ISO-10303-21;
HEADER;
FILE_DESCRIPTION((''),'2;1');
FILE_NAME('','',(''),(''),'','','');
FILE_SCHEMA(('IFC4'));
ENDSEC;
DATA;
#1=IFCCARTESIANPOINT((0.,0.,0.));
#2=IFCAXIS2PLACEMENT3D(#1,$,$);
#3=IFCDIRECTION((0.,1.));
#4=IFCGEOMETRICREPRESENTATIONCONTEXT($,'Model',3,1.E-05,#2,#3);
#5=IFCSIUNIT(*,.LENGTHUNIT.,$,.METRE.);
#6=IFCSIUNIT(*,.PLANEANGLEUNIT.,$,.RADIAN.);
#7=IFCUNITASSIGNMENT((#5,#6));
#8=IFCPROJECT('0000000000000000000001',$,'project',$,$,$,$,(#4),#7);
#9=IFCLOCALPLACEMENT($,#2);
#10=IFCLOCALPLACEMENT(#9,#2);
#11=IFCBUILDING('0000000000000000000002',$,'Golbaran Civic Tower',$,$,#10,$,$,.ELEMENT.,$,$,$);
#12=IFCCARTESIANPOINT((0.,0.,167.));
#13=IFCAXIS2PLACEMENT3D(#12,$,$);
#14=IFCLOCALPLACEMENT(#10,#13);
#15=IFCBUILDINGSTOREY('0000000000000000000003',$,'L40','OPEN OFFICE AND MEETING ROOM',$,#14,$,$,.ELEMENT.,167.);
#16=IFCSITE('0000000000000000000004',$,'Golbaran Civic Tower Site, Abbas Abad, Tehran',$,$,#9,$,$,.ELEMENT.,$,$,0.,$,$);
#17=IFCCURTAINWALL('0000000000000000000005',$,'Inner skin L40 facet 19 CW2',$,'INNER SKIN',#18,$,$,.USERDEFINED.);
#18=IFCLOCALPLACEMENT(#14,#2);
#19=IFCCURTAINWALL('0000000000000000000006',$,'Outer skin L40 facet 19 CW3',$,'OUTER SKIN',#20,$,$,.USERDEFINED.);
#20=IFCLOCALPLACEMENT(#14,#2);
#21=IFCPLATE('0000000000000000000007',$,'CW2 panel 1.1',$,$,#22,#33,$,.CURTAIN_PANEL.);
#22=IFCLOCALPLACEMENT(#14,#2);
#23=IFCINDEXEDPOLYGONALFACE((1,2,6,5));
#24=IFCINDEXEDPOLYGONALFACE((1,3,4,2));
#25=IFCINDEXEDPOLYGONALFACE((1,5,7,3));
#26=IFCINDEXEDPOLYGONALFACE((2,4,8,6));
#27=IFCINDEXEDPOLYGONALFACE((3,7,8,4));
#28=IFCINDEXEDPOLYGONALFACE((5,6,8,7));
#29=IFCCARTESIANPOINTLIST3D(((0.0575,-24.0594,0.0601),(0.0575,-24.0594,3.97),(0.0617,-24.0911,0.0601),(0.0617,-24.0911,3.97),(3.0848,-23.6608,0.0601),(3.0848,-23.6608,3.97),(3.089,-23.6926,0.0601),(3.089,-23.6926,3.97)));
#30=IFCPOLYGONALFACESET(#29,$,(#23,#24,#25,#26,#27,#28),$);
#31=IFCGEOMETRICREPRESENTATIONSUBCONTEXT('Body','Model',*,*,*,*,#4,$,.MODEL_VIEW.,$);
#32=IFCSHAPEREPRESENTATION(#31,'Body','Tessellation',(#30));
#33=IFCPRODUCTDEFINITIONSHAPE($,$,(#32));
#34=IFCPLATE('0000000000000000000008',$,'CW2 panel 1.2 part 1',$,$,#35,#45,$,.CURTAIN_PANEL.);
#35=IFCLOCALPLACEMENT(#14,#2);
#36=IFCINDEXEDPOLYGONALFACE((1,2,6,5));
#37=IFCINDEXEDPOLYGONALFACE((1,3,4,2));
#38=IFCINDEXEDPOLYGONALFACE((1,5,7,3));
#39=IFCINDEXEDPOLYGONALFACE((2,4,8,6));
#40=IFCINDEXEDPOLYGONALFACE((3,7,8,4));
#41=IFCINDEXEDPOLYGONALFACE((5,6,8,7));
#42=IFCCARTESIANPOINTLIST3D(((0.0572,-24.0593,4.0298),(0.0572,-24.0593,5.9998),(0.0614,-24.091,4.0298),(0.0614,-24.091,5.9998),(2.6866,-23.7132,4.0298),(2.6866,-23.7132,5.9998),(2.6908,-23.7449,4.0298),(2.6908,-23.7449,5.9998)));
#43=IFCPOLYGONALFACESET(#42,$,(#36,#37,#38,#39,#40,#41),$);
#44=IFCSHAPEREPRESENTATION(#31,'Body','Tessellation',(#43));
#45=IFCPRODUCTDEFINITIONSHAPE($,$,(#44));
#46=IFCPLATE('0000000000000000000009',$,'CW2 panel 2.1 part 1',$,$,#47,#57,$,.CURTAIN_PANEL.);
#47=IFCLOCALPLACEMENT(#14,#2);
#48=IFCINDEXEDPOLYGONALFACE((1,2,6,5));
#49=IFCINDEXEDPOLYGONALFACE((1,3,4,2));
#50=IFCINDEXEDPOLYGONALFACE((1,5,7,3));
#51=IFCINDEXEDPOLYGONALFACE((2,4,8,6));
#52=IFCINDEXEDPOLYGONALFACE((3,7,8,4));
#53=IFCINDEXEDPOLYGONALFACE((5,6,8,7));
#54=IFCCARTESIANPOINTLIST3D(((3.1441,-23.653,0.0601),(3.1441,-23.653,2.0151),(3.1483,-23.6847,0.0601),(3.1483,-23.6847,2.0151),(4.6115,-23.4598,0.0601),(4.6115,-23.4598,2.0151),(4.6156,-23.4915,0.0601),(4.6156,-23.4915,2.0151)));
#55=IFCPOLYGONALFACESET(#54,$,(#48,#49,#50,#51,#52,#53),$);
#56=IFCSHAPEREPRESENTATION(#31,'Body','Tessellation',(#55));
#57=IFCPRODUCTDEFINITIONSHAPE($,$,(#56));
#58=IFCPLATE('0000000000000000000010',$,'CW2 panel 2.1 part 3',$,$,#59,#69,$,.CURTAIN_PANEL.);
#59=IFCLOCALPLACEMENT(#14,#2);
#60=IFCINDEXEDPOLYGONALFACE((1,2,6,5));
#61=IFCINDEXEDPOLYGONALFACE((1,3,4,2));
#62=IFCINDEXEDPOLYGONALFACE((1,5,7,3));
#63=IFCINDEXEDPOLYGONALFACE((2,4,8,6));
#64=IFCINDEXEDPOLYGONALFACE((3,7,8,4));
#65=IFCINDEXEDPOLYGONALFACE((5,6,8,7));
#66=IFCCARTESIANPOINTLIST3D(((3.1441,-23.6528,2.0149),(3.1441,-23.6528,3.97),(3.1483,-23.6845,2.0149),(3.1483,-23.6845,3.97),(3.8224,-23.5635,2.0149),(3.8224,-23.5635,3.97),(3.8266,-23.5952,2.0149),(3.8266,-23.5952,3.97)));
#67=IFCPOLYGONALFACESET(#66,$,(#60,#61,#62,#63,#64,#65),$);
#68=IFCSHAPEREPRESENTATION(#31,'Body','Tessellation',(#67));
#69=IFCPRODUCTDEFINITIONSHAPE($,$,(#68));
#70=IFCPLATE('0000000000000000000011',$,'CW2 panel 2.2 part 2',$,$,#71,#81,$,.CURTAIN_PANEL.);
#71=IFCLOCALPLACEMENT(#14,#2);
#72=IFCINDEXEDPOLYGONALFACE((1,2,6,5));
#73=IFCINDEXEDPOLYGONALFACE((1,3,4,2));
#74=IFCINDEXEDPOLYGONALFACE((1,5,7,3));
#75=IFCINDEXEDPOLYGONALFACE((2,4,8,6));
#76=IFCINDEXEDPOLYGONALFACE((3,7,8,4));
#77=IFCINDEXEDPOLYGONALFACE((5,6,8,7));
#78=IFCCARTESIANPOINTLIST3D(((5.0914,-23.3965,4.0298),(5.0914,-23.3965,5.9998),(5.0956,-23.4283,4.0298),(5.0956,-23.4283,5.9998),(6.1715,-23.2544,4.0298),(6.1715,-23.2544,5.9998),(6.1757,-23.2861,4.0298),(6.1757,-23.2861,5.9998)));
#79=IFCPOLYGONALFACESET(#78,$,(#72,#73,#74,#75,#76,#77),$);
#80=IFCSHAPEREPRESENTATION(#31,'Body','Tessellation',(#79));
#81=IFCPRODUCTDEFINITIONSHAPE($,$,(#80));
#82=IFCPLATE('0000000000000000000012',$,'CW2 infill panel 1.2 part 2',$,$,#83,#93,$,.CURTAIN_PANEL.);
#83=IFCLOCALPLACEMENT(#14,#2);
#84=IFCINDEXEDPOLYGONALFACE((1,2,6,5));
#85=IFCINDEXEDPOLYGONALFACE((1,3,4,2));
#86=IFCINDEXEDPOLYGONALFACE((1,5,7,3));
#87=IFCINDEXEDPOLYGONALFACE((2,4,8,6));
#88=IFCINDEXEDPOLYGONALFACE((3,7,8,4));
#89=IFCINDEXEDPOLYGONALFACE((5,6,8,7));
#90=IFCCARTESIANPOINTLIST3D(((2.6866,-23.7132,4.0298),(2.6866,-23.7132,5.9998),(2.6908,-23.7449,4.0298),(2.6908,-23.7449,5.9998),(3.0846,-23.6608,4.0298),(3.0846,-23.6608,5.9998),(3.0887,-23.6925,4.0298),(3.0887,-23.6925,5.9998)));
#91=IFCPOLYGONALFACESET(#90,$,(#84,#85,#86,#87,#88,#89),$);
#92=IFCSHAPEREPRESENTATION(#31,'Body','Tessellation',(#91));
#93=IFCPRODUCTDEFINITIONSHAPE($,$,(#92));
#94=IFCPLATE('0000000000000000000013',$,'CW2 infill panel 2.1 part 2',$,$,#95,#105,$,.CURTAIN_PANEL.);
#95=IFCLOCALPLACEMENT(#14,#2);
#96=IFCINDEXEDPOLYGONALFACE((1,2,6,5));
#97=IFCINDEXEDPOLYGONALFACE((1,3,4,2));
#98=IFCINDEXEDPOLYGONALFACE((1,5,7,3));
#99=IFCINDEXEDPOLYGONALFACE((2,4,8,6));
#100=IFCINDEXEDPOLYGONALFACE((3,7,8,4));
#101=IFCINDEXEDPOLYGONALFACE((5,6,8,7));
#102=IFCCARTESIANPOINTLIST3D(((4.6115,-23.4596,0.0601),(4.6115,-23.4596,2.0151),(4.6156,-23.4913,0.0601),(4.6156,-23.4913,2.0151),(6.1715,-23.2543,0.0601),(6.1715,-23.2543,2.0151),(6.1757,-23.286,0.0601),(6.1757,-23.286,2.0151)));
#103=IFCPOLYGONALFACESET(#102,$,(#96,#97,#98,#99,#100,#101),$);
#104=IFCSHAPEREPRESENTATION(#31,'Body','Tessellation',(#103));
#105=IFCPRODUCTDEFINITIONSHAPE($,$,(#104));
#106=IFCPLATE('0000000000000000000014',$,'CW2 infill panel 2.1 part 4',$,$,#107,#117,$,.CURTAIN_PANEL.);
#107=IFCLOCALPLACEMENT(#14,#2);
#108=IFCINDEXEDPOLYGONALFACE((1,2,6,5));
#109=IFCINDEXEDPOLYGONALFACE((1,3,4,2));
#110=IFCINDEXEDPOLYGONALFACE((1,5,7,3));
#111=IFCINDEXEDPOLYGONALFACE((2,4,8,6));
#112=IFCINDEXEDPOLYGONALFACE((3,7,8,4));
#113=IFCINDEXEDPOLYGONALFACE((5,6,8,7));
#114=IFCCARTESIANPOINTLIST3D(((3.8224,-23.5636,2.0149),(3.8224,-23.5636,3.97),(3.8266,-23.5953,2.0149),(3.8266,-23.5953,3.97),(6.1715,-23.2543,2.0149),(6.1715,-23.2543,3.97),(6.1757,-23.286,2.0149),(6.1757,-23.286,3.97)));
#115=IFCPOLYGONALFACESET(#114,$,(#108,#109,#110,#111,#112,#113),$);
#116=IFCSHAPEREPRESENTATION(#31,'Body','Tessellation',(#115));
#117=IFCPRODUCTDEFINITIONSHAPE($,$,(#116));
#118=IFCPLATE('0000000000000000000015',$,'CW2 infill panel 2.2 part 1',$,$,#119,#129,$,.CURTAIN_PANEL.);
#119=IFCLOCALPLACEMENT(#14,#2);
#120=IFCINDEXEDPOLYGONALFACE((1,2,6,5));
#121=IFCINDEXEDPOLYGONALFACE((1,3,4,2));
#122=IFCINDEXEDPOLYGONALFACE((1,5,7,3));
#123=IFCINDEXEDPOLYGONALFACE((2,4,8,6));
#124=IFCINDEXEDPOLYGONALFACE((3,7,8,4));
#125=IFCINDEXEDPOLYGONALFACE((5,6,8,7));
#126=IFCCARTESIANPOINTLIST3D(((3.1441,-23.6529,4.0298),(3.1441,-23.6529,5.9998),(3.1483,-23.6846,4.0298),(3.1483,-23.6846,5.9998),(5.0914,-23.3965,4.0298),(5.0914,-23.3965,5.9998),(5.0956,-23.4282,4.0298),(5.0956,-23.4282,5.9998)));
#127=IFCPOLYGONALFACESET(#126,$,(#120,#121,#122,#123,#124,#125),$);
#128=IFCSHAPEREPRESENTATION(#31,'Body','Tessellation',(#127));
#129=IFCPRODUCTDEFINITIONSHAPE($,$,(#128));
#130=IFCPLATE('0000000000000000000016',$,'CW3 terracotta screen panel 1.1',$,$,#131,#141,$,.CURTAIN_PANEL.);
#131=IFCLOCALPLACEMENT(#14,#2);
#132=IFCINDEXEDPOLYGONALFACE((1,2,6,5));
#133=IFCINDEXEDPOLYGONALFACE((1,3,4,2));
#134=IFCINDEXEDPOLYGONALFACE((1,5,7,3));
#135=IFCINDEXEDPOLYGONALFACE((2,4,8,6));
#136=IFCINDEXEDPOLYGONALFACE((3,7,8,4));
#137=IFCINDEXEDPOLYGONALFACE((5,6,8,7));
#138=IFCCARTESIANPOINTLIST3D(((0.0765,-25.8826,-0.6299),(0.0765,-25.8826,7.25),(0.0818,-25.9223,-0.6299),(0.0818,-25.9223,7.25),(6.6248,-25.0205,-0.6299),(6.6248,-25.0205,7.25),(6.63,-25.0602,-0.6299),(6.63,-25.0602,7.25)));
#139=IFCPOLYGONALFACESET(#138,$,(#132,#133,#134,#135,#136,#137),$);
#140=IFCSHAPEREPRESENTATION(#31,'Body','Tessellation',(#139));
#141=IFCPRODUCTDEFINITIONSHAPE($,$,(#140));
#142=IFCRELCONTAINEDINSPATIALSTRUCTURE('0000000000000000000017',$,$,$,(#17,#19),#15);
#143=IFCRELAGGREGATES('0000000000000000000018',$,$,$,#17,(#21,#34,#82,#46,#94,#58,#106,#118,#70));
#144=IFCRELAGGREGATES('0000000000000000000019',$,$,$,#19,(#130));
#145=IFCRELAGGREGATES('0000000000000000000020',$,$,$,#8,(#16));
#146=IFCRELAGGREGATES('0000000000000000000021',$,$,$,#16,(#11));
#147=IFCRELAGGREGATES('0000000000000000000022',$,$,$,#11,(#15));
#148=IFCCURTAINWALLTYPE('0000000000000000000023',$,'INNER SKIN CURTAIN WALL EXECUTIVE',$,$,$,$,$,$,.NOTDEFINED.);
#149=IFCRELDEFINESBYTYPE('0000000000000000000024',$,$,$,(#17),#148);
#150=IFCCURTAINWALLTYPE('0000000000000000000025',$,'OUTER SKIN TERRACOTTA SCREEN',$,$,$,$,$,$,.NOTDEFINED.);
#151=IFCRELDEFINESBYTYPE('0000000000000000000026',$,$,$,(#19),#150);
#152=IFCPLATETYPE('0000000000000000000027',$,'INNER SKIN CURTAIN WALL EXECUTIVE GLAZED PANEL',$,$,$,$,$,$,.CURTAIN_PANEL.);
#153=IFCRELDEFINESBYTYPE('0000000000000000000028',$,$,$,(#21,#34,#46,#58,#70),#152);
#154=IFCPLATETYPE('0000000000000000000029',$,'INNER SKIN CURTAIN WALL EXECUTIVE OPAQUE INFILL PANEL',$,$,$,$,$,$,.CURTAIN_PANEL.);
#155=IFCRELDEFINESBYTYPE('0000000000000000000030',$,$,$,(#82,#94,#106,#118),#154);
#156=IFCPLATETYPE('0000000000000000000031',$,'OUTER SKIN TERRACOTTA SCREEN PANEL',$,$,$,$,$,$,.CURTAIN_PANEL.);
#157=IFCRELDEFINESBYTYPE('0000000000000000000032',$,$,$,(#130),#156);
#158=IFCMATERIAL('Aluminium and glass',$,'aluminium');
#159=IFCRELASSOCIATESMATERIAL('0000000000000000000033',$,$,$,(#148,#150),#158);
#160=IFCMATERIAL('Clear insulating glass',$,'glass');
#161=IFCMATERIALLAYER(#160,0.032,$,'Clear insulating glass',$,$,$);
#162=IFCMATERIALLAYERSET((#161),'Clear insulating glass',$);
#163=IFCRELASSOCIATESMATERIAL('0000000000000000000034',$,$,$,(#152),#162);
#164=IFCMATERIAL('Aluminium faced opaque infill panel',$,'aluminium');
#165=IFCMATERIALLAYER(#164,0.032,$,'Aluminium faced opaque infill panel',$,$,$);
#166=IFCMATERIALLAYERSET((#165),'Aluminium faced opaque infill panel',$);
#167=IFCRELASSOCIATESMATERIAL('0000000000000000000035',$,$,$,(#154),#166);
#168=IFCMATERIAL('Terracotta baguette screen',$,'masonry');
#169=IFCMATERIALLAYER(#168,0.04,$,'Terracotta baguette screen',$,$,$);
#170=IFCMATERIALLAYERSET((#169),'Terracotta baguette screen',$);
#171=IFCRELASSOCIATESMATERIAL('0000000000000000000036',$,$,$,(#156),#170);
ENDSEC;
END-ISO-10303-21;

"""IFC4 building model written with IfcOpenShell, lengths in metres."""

from ifc_helpers import new_model, si_unit, direction, frame, origin, origin_2d, place, context, subcontext, project, spatial, rectangle, extrude, material, layer, layer_set, type_object, element, aggregate, save


model = new_model("IFC4")

# Units and contexts
model_context = context("Model", 3, precision=1e-05, world=origin(), true_north=direction((0.0, 1.0)))
body_context = subcontext(model_context, "Body", "Model", "MODEL_VIEW")
ifc_project = project(units=[si_unit("LENGTHUNIT", "METRE"), si_unit("PLANEANGLEUNIT", "RADIAN")], contexts=[model_context])

# Site, building, storey
site_placement = place(None, origin())
site = spatial("IfcSite", under=ifc_project, at=site_placement, Name="Golbaran Civic Tower Site, Abbas Abad, Tehran", CompositionType="ELEMENT", RefElevation=0.0)
building_placement = place(site_placement, origin())
building = spatial("IfcBuilding", under=site, at=building_placement, Name="Golbaran Civic Tower", CompositionType="ELEMENT")
storey_placement = place(building_placement, frame((0.0, 0.0, 167.0)))
storey = spatial("IfcBuildingStorey", under=building, at=storey_placement, Name="L40", Description="OPEN OFFICE AND MEETING ROOM", CompositionType="ELEMENT", Elevation=167.0)

# Curtain wall
ifc_material_1 = material(Name="Aluminium and glass", Category="aluminium")
curtain_wall_type_1 = type_object("IfcCurtainWallType", Name="INNER SKIN CURTAIN WALL EXECUTIVE", PredefinedType="NOTDEFINED", material=ifc_material_1)
curtain_wall_1_placement = place(storey_placement, origin())
curtain_wall_1 = element("IfcCurtainWall", 1, at=curtain_wall_1_placement, inside=storey, type_object=curtain_wall_type_1, Name="Inner skin L40 facet 19 CW2", ObjectType="INNER SKIN", PredefinedType="USERDEFINED")

# Curtain wall
curtain_wall_type_2 = type_object("IfcCurtainWallType", Name="OUTER SKIN TERRACOTTA SCREEN", PredefinedType="NOTDEFINED", material=ifc_material_1)
curtain_wall_2_placement = place(storey_placement, origin())
curtain_wall_2 = element("IfcCurtainWall", 2, at=curtain_wall_2_placement, inside=storey, type_object=curtain_wall_type_2, Name="Outer skin L40 facet 19 CW3", ObjectType="OUTER SKIN", PredefinedType="USERDEFINED")

# Plates
ifc_material_2 = material(Name="Clear insulating glass", Category="glass")
ifc_layer_1 = layer(ifc_material_2, 0.032, Name="Clear insulating glass")
ifc_layer_set_1 = layer_set([ifc_layer_1], Name="Clear insulating glass")
plate_type_1 = type_object("IfcPlateType", Name="INNER SKIN CURTAIN WALL EXECUTIVE GLAZED PANEL", PredefinedType="CURTAIN_PANEL", material=ifc_layer_set_1)
plate_1_placement = place(storey_placement, frame((1.5732, -23.876, 0.0601), z_axis=(0.0, 0.0, 1.0), x_axis=(0.991445, 0.130526, 0.0)))
plate_1 = element("IfcPlate", 3, at=plate_1_placement, type_object=plate_type_1, Name="CW2 panel 1.1", PredefinedType="CURTAIN_PANEL", context=body_context, shape_type="SweptSolid", body=[
    extrude(rectangle(XDim=3.0535, YDim=0.032, at=origin_2d()), origin(), (0.0, 0.0, 1.0), 3.9099),
])
plate_2_placement = place(storey_placement, frame((1.374, -23.9021, 4.0298), z_axis=(0.0, 0.0, 1.0), x_axis=(0.991445, 0.130526, 0.0)))
plate_2 = element("IfcPlate", 4, at=plate_2_placement, type_object=plate_type_1, Name="CW2 panel 1.2 part 1", PredefinedType="CURTAIN_PANEL", context=body_context, shape_type="SweptSolid", body=[
    extrude(rectangle(XDim=2.6521, YDim=0.032, at=origin_2d()), origin(), (0.0, 0.0, 1.0), 1.97),
])
plate_3_placement = place(storey_placement, frame((3.8799, -23.5723, 0.0601), z_axis=(0.0, 0.0, 1.0), x_axis=(0.991445, 0.130526, 0.0)))
plate_3 = element("IfcPlate", 5, at=plate_3_placement, type_object=plate_type_1, Name="CW2 panel 2.1 part 1", PredefinedType="CURTAIN_PANEL", context=body_context, shape_type="SweptSolid", body=[
    extrude(rectangle(XDim=1.48, YDim=0.032, at=origin_2d()), origin(), (0.0, 0.0, 1.0), 1.9551),
])
plate_4_placement = place(storey_placement, frame((3.4854, -23.624, 2.0149), z_axis=(0.0, 0.0, 1.0), x_axis=(0.991445, 0.130526, 0.0)))
plate_4 = element("IfcPlate", 6, at=plate_4_placement, type_object=plate_type_1, Name="CW2 panel 2.1 part 3", PredefinedType="CURTAIN_PANEL", context=body_context, shape_type="SweptSolid", body=[
    extrude(rectangle(XDim=0.6841, YDim=0.032, at=origin_2d()), origin(), (0.0, 0.0, 1.0), 1.9551),
])
plate_5_placement = place(storey_placement, frame((5.6335, -23.3413, 4.0298), z_axis=(0.0, 0.0, 1.0), x_axis=(0.991445, 0.130526, 0.0)))
plate_5 = element("IfcPlate", 7, at=plate_5_placement, type_object=plate_type_1, Name="CW2 panel 2.2 part 2", PredefinedType="CURTAIN_PANEL", context=body_context, shape_type="SweptSolid", body=[
    extrude(rectangle(XDim=1.0894, YDim=0.032, at=origin_2d()), origin(), (0.0, 0.0, 1.0), 1.97),
])
ifc_material_3 = material(Name="Aluminium faced opaque infill panel", Category="aluminium")
ifc_layer_2 = layer(ifc_material_3, 0.032, Name="Aluminium faced opaque infill panel")
ifc_layer_set_2 = layer_set([ifc_layer_2], Name="Aluminium faced opaque infill panel")
plate_type_2 = type_object("IfcPlateType", Name="INNER SKIN CURTAIN WALL EXECUTIVE OPAQUE INFILL PANEL", PredefinedType="CURTAIN_PANEL", material=ifc_layer_set_2)
plate_6_placement = place(storey_placement, frame((2.8877, -23.7029, 4.0298), z_axis=(0.0, 0.0, 1.0), x_axis=(0.991445, 0.130526, 0.0)))
plate_6 = element("IfcPlate", 8, at=plate_6_placement, type_object=plate_type_2, Name="CW2 infill panel 1.2 part 2", PredefinedType="CURTAIN_PANEL", context=body_context, shape_type="SweptSolid", body=[
    extrude(rectangle(XDim=0.4014, YDim=0.032, at=origin_2d()), origin(), (0.0, 0.0, 1.0), 1.97),
])
plate_7_placement = place(storey_placement, frame((5.3936, -23.3728, 0.0601), z_axis=(0.0, 0.0, 1.0), x_axis=(0.991445, 0.130526, 0.0)))
plate_7 = element("IfcPlate", 9, at=plate_7_placement, type_object=plate_type_2, Name="CW2 infill panel 2.1 part 2", PredefinedType="CURTAIN_PANEL", context=body_context, shape_type="SweptSolid", body=[
    extrude(rectangle(XDim=1.5735, YDim=0.032, at=origin_2d()), origin(), (0.0, 0.0, 1.0), 1.9551),
])
plate_8_placement = place(storey_placement, frame((4.999, -23.4248, 2.0149), z_axis=(0.0, 0.0, 1.0), x_axis=(0.991445, 0.130526, 0.0)))
plate_8 = element("IfcPlate", 10, at=plate_8_placement, type_object=plate_type_2, Name="CW2 infill panel 2.1 part 4", PredefinedType="CURTAIN_PANEL", context=body_context, shape_type="SweptSolid", body=[
    extrude(rectangle(XDim=2.3694, YDim=0.032, at=origin_2d()), origin(), (0.0, 0.0, 1.0), 1.9551),
])
plate_9_placement = place(storey_placement, frame((4.1199, -23.5405, 4.0298), z_axis=(0.0, 0.0, 1.0), x_axis=(0.991445, 0.130526, 0.0)))
plate_9 = element("IfcPlate", 11, at=plate_9_placement, type_object=plate_type_2, Name="CW2 infill panel 2.2 part 1", PredefinedType="CURTAIN_PANEL", context=body_context, shape_type="SweptSolid", body=[
    extrude(rectangle(XDim=1.9641, YDim=0.032, at=origin_2d()), origin(), (0.0, 0.0, 1.0), 1.97),
])
aggregate(curtain_wall_1, [plate_1, plate_2, plate_6, plate_3, plate_7, plate_4, plate_8, plate_9, plate_5])
ifc_material_4 = material(Name="Terracotta baguette screen", Category="masonry")
ifc_layer_3 = layer(ifc_material_4, 0.04, Name="Terracotta baguette screen")
ifc_layer_set_3 = layer_set([ifc_layer_3], Name="Terracotta baguette screen")
plate_type_3 = type_object("IfcPlateType", Name="OUTER SKIN TERRACOTTA SCREEN PANEL", PredefinedType="CURTAIN_PANEL", material=ifc_layer_set_3)
plate_10_placement = place(storey_placement, frame((3.3533, -25.4714, -0.6299), z_axis=(0.0, 0.0, 1.0), x_axis=(0.991445, 0.130526, 0.0)))
plate_10 = element("IfcPlate", 12, at=plate_10_placement, type_object=plate_type_3, Name="CW3 terracotta screen panel 1.1", PredefinedType="CURTAIN_PANEL", context=body_context, shape_type="SweptSolid", body=[
    extrude(rectangle(XDim=6.6047, YDim=0.04, at=origin_2d()), origin(), (0.0, 0.0, 1.0), 7.8799),
])
aggregate(curtain_wall_2, [plate_10])

save(model, "model.ifc")
